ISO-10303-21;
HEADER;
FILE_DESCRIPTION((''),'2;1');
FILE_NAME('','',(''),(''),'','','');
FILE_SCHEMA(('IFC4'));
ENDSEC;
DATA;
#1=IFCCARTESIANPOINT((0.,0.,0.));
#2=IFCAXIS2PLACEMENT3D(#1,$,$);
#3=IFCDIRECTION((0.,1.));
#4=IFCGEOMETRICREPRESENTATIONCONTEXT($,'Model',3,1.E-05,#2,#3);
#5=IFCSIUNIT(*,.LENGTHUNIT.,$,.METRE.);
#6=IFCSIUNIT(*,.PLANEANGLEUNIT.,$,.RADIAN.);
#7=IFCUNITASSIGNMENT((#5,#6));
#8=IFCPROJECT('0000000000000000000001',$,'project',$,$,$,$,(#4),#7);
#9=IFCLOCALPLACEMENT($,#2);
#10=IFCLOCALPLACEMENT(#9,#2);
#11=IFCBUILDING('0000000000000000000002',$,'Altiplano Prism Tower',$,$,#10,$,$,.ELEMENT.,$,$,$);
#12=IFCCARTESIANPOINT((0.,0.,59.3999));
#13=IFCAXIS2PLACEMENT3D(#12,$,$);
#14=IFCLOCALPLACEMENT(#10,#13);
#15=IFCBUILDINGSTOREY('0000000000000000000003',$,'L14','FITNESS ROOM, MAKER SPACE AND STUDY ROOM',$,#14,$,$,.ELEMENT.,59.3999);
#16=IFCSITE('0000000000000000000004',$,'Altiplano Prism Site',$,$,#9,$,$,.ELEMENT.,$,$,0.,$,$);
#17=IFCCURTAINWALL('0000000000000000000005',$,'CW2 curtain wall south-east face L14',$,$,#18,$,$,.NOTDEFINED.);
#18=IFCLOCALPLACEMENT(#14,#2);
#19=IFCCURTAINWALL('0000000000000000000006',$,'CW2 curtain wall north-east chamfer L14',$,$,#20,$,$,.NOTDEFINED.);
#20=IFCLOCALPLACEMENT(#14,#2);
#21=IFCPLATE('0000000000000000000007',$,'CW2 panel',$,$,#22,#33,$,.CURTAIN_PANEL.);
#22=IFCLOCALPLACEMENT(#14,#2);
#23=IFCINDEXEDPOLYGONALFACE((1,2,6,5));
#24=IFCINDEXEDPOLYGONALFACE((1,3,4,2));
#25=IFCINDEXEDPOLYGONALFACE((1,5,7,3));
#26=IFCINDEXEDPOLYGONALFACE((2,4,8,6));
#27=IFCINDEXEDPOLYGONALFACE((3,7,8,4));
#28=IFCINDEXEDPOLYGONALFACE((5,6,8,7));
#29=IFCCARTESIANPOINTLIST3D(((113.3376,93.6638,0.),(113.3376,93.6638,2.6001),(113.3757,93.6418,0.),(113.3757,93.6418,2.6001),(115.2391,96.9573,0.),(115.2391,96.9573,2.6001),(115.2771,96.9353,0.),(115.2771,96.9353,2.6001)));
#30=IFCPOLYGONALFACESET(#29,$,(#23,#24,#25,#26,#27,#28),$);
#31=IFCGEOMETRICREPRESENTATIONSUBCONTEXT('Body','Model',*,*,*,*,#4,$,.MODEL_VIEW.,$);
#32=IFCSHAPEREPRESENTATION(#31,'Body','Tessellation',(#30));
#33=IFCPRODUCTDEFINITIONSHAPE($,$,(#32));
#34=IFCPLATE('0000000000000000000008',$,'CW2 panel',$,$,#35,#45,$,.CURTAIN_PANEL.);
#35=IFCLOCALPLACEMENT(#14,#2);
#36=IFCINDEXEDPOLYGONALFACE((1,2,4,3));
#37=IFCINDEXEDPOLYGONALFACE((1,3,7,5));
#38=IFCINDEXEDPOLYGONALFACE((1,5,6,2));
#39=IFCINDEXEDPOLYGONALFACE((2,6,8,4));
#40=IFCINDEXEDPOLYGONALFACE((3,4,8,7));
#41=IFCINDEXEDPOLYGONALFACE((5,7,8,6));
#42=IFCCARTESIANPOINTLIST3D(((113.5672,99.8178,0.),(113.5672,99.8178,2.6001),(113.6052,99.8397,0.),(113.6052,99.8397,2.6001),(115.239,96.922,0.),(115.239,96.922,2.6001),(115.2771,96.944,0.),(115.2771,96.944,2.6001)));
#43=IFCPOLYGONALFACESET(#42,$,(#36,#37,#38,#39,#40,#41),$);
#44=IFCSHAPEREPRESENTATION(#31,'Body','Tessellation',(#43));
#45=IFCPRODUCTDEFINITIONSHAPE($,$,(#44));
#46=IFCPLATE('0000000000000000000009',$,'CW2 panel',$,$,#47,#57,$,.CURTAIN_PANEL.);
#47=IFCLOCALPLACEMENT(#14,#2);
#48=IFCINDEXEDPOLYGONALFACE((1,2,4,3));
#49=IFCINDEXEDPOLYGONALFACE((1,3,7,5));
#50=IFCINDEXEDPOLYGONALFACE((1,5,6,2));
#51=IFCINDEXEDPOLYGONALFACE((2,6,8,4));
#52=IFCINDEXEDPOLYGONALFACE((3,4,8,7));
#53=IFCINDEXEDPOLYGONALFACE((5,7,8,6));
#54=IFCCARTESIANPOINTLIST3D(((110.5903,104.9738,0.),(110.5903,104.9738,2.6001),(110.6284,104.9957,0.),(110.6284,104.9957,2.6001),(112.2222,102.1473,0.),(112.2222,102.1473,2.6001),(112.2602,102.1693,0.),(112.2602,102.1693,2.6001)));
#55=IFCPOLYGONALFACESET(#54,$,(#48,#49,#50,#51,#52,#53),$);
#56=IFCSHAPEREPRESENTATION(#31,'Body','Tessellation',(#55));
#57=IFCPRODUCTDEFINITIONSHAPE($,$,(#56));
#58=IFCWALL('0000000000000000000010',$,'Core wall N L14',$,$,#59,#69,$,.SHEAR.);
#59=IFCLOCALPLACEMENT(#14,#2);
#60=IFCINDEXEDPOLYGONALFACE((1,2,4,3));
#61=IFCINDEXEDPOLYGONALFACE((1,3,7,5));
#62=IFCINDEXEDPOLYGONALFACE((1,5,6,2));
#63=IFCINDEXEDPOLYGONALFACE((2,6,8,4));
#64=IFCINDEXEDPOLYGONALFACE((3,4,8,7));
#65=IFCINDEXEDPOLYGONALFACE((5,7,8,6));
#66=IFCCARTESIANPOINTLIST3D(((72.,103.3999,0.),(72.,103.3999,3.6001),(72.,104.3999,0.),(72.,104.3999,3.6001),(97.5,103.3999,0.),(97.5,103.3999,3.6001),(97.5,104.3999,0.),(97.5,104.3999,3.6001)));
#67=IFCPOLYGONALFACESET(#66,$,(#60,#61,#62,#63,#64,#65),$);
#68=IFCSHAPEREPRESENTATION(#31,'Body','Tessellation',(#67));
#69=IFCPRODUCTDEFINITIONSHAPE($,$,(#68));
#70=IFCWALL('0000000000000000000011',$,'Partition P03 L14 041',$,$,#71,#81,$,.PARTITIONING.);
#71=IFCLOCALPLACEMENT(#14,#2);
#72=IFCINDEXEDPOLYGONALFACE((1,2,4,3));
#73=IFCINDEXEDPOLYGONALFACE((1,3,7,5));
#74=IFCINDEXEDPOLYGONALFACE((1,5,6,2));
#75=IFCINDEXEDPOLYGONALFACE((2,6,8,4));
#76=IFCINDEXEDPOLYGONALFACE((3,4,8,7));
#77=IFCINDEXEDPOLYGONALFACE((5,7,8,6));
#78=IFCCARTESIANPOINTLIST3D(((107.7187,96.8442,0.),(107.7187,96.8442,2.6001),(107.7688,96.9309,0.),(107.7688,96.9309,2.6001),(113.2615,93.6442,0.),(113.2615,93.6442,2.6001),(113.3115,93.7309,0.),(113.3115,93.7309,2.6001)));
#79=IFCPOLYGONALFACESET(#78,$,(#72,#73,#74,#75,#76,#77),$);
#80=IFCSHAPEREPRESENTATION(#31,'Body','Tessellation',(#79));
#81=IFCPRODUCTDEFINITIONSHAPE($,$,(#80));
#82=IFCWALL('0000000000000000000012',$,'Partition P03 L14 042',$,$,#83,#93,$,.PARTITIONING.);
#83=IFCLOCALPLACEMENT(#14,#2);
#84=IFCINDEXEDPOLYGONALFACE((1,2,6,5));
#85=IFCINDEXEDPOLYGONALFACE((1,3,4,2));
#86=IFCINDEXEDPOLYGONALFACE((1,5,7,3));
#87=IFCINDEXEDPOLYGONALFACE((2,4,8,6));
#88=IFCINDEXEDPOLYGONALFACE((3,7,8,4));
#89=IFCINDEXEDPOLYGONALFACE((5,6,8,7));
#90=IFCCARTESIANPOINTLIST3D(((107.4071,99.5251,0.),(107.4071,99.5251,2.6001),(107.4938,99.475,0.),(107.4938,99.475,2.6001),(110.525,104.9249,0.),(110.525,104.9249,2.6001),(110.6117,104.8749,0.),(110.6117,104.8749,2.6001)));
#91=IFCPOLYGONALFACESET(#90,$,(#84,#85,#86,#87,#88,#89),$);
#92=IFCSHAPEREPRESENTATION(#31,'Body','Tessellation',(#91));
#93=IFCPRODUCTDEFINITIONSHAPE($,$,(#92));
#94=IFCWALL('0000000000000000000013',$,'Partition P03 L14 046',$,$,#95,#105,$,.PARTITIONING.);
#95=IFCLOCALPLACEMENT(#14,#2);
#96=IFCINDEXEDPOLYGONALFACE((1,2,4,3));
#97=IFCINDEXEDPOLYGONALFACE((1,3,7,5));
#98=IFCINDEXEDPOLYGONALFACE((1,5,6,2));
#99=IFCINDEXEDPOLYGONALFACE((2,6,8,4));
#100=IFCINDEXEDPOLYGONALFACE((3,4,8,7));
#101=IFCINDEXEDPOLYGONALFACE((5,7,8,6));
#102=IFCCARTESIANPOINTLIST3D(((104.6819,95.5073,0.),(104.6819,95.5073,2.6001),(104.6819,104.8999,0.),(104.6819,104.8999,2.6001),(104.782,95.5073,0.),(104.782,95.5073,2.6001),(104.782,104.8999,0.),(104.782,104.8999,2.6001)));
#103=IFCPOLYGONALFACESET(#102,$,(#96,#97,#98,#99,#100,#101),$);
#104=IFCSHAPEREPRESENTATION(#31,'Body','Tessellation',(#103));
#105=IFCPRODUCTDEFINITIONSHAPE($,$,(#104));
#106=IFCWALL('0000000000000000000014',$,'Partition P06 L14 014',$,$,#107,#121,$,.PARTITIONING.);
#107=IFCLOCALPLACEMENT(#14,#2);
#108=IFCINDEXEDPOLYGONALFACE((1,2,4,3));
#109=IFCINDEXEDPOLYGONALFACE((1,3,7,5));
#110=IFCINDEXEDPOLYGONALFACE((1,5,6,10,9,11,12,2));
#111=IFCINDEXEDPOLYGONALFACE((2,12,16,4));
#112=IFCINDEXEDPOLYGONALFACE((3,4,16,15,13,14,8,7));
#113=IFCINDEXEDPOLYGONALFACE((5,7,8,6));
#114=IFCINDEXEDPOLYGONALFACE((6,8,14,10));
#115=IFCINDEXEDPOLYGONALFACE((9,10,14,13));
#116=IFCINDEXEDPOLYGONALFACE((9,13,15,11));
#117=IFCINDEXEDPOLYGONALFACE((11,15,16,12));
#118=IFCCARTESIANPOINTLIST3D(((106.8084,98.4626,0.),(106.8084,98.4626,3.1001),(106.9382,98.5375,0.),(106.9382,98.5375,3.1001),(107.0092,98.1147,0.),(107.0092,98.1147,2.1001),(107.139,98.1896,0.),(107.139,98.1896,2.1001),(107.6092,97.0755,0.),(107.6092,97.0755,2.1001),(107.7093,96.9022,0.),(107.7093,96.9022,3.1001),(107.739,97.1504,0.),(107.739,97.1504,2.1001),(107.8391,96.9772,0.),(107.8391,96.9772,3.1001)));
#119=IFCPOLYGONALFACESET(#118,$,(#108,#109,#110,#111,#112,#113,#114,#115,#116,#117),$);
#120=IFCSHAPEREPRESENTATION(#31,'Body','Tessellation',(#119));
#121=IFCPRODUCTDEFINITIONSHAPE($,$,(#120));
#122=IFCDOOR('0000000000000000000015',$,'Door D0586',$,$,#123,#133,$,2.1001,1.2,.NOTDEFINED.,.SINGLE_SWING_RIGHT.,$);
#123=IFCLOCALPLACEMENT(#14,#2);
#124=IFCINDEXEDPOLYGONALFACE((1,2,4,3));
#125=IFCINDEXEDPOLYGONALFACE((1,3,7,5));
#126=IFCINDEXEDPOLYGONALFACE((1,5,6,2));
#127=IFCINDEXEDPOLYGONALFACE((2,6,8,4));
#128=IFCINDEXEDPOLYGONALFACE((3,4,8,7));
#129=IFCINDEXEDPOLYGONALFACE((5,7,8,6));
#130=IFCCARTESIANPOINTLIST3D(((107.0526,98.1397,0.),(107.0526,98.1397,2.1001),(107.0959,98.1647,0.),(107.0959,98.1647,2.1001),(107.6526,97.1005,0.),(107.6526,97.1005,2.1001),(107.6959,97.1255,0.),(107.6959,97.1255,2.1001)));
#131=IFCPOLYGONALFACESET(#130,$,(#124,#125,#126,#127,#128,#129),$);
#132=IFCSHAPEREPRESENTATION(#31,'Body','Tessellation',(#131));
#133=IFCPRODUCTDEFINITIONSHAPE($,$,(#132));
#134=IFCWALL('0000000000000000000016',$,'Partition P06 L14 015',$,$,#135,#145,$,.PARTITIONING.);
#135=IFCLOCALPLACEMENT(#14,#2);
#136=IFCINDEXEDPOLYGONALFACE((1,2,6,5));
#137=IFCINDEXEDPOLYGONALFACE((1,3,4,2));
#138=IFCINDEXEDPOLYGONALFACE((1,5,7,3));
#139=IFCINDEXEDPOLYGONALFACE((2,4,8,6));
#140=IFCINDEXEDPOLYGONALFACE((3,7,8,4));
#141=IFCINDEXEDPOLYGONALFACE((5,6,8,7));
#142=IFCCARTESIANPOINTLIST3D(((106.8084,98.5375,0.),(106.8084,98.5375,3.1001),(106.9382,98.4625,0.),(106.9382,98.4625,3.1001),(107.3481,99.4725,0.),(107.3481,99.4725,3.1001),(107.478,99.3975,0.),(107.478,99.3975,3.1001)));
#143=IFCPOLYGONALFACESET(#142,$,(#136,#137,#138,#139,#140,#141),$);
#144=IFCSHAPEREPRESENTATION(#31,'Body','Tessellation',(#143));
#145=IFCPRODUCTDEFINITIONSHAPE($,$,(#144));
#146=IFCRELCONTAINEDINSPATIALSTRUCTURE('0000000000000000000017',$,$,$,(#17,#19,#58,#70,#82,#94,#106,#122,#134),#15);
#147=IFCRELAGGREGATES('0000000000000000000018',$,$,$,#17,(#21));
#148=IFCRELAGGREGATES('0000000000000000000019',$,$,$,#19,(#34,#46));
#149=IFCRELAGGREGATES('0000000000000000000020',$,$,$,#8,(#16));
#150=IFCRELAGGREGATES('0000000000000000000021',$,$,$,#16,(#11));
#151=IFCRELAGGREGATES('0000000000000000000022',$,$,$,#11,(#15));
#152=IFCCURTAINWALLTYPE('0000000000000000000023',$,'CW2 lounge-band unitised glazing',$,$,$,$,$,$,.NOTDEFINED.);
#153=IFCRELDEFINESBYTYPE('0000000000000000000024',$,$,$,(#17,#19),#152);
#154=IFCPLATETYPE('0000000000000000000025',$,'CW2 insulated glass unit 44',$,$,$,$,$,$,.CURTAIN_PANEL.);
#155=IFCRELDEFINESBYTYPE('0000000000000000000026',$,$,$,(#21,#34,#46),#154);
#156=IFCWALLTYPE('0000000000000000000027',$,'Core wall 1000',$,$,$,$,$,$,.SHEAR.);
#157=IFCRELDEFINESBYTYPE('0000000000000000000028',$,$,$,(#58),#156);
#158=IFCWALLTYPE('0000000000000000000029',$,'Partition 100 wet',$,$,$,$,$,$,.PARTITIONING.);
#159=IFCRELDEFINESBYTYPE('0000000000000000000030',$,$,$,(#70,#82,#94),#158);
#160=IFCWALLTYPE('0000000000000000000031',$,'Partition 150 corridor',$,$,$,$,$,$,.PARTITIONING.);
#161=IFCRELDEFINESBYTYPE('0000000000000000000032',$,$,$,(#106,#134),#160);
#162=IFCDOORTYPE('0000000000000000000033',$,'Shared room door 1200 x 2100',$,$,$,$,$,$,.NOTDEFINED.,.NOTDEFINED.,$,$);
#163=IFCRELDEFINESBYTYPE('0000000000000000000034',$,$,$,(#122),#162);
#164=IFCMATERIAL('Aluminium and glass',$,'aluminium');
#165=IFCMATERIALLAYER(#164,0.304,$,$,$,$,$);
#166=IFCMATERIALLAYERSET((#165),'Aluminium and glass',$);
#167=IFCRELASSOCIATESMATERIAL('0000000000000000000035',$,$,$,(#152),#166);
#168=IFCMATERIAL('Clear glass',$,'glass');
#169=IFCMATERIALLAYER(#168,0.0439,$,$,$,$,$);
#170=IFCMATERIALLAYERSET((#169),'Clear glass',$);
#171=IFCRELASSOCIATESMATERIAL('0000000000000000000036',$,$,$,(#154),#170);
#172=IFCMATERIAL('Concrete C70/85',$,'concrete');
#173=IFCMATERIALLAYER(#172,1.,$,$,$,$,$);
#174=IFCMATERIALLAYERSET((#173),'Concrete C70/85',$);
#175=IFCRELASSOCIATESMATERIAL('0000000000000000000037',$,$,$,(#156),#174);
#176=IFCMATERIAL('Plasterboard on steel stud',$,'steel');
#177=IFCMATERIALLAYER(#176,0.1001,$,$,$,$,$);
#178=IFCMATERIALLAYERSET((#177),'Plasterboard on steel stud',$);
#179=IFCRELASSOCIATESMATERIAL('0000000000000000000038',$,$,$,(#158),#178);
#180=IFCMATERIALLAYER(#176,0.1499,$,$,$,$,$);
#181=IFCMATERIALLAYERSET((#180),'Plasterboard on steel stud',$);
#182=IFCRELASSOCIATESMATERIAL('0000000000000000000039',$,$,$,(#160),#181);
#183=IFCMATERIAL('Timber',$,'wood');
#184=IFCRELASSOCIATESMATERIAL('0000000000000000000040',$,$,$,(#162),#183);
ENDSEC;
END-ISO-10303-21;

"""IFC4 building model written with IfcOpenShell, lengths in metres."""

from ifc_helpers import new_model, si_unit, direction, frame, frame_2d, origin, origin_2d, place, context, subcontext, project, spatial, rectangle, extrude, material, layer, layer_set, type_object, element, fill, aggregate, save


model = new_model("IFC4")

# Units and contexts
model_context = context("Model", 3, precision=1e-05, world=origin(), true_north=direction((0.0, 1.0)))
body_context = subcontext(model_context, "Body", "Model", "MODEL_VIEW")
ifc_project = project(units=[si_unit("LENGTHUNIT", "METRE"), si_unit("PLANEANGLEUNIT", "RADIAN")], contexts=[model_context])

# Site, building, storey
site_placement = place(None, origin())
site = spatial("IfcSite", under=ifc_project, at=site_placement, Name="Altiplano Prism Site", CompositionType="ELEMENT", RefElevation=0.0)
building_placement = place(site_placement, origin())
building = spatial("IfcBuilding", under=site, at=building_placement, Name="Altiplano Prism Tower", CompositionType="ELEMENT")
storey_placement = place(building_placement, frame((0.0, 0.0, 59.3999)))
storey = spatial("IfcBuildingStorey", under=building, at=storey_placement, Name="L14", Description="FITNESS ROOM, MAKER SPACE AND STUDY ROOM", CompositionType="ELEMENT", Elevation=59.3999)

# Shared definitions
ifc_material_1 = material(Name="Concrete C70/85", Category="concrete")

# Curtain walls
ifc_material_2 = material(Name="Aluminium and glass", Category="aluminium")
ifc_layer_1 = layer(ifc_material_2, 0.304)
ifc_layer_set_1 = layer_set([ifc_layer_1], Name="Aluminium and glass")
curtain_wall_type = type_object("IfcCurtainWallType", Name="CW2 lounge-band unitised glazing", PredefinedType="NOTDEFINED", material=ifc_layer_set_1)
curtain_wall_1_placement = place(storey_placement, origin())
curtain_wall_1 = element("IfcCurtainWall", 1, at=curtain_wall_1_placement, inside=storey, type_object=curtain_wall_type, Name="CW2 curtain wall south-east face L14", PredefinedType="NOTDEFINED")
curtain_wall_2_placement = place(storey_placement, origin())
curtain_wall_2 = element("IfcCurtainWall", 2, at=curtain_wall_2_placement, inside=storey, type_object=curtain_wall_type, Name="CW2 curtain wall north-east chamfer L14", PredefinedType="NOTDEFINED")

# Plates
ifc_material_3 = material(Name="Clear glass", Category="glass")
ifc_layer_2 = layer(ifc_material_3, 0.0439)
ifc_layer_set_2 = layer_set([ifc_layer_2], Name="Clear glass")
plate_type = type_object("IfcPlateType", Name="CW2 insulated glass unit 44", PredefinedType="CURTAIN_PANEL", material=ifc_layer_set_2)
plate_1_placement = place(storey_placement, frame((114.3074, 95.2996, 0.0), z_axis=(0.0, 0.0, 1.0), x_axis=(0.5, 0.866025, 0.0)))
plate_1 = element("IfcPlate", 3, at=plate_1_placement, type_object=plate_type, Name="CW2 panel", PredefinedType="CURTAIN_PANEL", context=body_context, shape_type="SweptSolid", body=[
    extrude(rectangle(XDim=3.803, YDim=0.0439, at=origin_2d()), origin(), (0.0, 0.0, 1.0), 2.6001),
])
aggregate(curtain_wall_1, [plate_1])
plate_2_placement = place(storey_placement, frame((114.4221, 98.3809, 0.0), z_axis=(0.0, 0.0, 1.0), x_axis=(-0.5, 0.866025, 0.0)))
plate_2 = element("IfcPlate", 4, at=plate_2_placement, type_object=plate_type, Name="CW2 panel", PredefinedType="CURTAIN_PANEL", context=body_context, shape_type="SweptSolid", body=[
    extrude(rectangle(XDim=3.3438, YDim=0.0439, at=origin_2d()), origin(), (0.0, 0.0, 1.0), 2.6001),
])
plate_3_placement = place(storey_placement, frame((111.4253, 103.5715, 0.0), z_axis=(0.0, 0.0, 1.0), x_axis=(-0.5, 0.866025, 0.0)))
plate_3 = element("IfcPlate", 5, at=plate_3_placement, type_object=plate_type, Name="CW2 panel", PredefinedType="CURTAIN_PANEL", context=body_context, shape_type="SweptSolid", body=[
    extrude(rectangle(XDim=3.2637, YDim=0.0439, at=origin_2d()), origin(), (0.0, 0.0, 1.0), 2.6001),
])
aggregate(curtain_wall_2, [plate_2, plate_3])

# Walls
ifc_layer_3 = layer(ifc_material_1, 1.0)
ifc_layer_set_3 = layer_set([ifc_layer_3], Name="Concrete C70/85")
wall_type_1 = type_object("IfcWallType", Name="Core wall 1000", PredefinedType="SHEAR", material=ifc_layer_set_3)
wall_1_placement = place(storey_placement, frame((97.5, 103.8999, 0.0), z_axis=(0.0, 0.0, 1.0), x_axis=(-1.0, 0.0, 0.0)))
element("IfcWall", 6, at=wall_1_placement, inside=storey, type_object=wall_type_1, Name="Core wall N L14", PredefinedType="SHEAR", context=body_context, shape_type="SweptSolid", body=[
    extrude(rectangle(XDim=25.5, YDim=1.0, at=frame_2d((12.75, 0.0))), origin(), (0.0, 0.0, 1.0), 3.6001),
])
ifc_material_4 = material(Name="Plasterboard on steel stud", Category="steel")
ifc_layer_4 = layer(ifc_material_4, 0.1001)
ifc_layer_set_4 = layer_set([ifc_layer_4], Name="Plasterboard on steel stud")
wall_type_2 = type_object("IfcWallType", Name="Partition 100 wet", PredefinedType="PARTITIONING", material=ifc_layer_set_4)
wall_2_placement = place(storey_placement, frame((113.2866, 93.6875, 0.0), z_axis=(0.0, 0.0, 1.0), x_axis=(-0.866035, 0.499983, 0.0)))
element("IfcWall", 7, at=wall_2_placement, inside=storey, type_object=wall_type_2, Name="Partition P03 L14 041", PredefinedType="PARTITIONING", context=body_context, shape_type="SweptSolid", body=[
    extrude(rectangle(XDim=6.4001, YDim=0.1001, at=frame_2d((3.2002, 0.0))), origin(), (0.0, 0.0, 1.0), 2.6001),
])
wall_3_placement = place(storey_placement, frame((110.5684, 104.8999, 0.0), z_axis=(0.0, 0.0, 1.0), x_axis=(-0.500034, -0.866006, 0.0)))
element("IfcWall", 8, at=wall_3_placement, inside=storey, type_object=wall_type_2, Name="Partition P03 L14 042", PredefinedType="PARTITIONING", context=body_context, shape_type="SweptSolid", body=[
    extrude(rectangle(XDim=6.2354, YDim=0.1001, at=frame_2d((3.1177, 0.0))), origin(), (0.0, 0.0, 1.0), 2.6001),
])
wall_4_placement = place(storey_placement, frame((104.7319, 95.5073, 0.0), z_axis=(0.0, 0.0, 1.0), x_axis=(0.0, 1.0, 0.0)))
element("IfcWall", 9, at=wall_4_placement, inside=storey, type_object=wall_type_2, Name="Partition P03 L14 046", PredefinedType="PARTITIONING", context=body_context, shape_type="SweptSolid", body=[
    extrude(rectangle(XDim=9.3926, YDim=0.1001, at=frame_2d((4.6963, 0.0))), origin(), (0.0, 0.0, 1.0), 2.6001),
])

# Wall, opening, door
ifc_layer_5 = layer(ifc_material_4, 0.1499)
ifc_layer_set_5 = layer_set([ifc_layer_5], Name="Plasterboard on steel stud")
wall_type_3 = type_object("IfcWallType", Name="Partition 150 corridor", PredefinedType="PARTITIONING", material=ifc_layer_set_5)
wall_5_placement = place(storey_placement, frame((107.7742, 96.9397, 0.0), z_axis=(0.0, 0.0, 1.0), x_axis=(-0.500016, 0.866016, 0.0)))
wall_5 = element("IfcWall", 10, at=wall_5_placement, inside=storey, type_object=wall_type_3, Name="Partition P06 L14 014", PredefinedType="PARTITIONING", context=body_context, shape_type="SweptSolid", body=[
    extrude(rectangle(XDim=1.8018, YDim=0.1499, at=frame_2d((0.9009, 0.0))), origin(), (0.0, 0.0, 1.0), 3.1001),
])
opening_1_placement = place(wall_5_placement, frame((0.2, 0.0, 0.0)))
opening_1 = element("IfcOpeningElement", 11, at=opening_1_placement, cuts=wall_5, PredefinedType="OPENING", context=body_context, shape_type="SweptSolid", body=[
    extrude(rectangle(XDim=1.2, YDim=2.1001, at=frame_2d((0.6001, 1.05))), frame((0.0, 0.0854, 0.0), z_axis=(0.0, -1.0, 0.0), x_axis=(1.0, 0.0, 0.0)), (0.0, 0.0, 1.0), 0.1709),
])
ifc_material_5 = material(Name="Timber", Category="wood")
door_type_1 = type_object("IfcDoorType", Name="Shared room door 1200 x 2100", OperationType="NOTDEFINED", PredefinedType="NOTDEFINED", material=ifc_material_5)
door_1_placement = place(opening_1_placement, origin())
door_1 = element("IfcDoor", 12, at=door_1_placement, inside=storey, type_object=door_type_1, Name="Door D0586", OperationType="SINGLE_SWING_RIGHT", OverallHeight=2.1001, OverallWidth=1.2, PredefinedType="NOTDEFINED", context=body_context, shape_type="SweptSolid", body=[
    extrude(rectangle(XDim=1.2, YDim=2.1001, at=frame_2d((0.6001, 1.05))), frame((0.0, 0.0249, 0.0), z_axis=(0.0, -1.0, 0.0), x_axis=(1.0, 0.0, 0.0)), (0.0, 0.0, 1.0), 0.05),
])
fill(opening_1, door_1)

# Wall
wall_6_placement = place(storey_placement, frame((106.8733, 98.5, 0.0), z_axis=(0.0, 0.0, 1.0), x_axis=(0.499957, 0.86605, 0.0)))
element("IfcWall", 13, at=wall_6_placement, inside=storey, type_object=wall_type_3, Name="Partition P06 L14 015", PredefinedType="PARTITIONING", context=body_context, shape_type="SweptSolid", body=[
    extrude(rectangle(XDim=1.0796, YDim=0.1499, at=frame_2d((0.5398, 0.0))), origin(), (0.0, 0.0, 1.0), 3.1001),
])

save(model, "model.ifc")
